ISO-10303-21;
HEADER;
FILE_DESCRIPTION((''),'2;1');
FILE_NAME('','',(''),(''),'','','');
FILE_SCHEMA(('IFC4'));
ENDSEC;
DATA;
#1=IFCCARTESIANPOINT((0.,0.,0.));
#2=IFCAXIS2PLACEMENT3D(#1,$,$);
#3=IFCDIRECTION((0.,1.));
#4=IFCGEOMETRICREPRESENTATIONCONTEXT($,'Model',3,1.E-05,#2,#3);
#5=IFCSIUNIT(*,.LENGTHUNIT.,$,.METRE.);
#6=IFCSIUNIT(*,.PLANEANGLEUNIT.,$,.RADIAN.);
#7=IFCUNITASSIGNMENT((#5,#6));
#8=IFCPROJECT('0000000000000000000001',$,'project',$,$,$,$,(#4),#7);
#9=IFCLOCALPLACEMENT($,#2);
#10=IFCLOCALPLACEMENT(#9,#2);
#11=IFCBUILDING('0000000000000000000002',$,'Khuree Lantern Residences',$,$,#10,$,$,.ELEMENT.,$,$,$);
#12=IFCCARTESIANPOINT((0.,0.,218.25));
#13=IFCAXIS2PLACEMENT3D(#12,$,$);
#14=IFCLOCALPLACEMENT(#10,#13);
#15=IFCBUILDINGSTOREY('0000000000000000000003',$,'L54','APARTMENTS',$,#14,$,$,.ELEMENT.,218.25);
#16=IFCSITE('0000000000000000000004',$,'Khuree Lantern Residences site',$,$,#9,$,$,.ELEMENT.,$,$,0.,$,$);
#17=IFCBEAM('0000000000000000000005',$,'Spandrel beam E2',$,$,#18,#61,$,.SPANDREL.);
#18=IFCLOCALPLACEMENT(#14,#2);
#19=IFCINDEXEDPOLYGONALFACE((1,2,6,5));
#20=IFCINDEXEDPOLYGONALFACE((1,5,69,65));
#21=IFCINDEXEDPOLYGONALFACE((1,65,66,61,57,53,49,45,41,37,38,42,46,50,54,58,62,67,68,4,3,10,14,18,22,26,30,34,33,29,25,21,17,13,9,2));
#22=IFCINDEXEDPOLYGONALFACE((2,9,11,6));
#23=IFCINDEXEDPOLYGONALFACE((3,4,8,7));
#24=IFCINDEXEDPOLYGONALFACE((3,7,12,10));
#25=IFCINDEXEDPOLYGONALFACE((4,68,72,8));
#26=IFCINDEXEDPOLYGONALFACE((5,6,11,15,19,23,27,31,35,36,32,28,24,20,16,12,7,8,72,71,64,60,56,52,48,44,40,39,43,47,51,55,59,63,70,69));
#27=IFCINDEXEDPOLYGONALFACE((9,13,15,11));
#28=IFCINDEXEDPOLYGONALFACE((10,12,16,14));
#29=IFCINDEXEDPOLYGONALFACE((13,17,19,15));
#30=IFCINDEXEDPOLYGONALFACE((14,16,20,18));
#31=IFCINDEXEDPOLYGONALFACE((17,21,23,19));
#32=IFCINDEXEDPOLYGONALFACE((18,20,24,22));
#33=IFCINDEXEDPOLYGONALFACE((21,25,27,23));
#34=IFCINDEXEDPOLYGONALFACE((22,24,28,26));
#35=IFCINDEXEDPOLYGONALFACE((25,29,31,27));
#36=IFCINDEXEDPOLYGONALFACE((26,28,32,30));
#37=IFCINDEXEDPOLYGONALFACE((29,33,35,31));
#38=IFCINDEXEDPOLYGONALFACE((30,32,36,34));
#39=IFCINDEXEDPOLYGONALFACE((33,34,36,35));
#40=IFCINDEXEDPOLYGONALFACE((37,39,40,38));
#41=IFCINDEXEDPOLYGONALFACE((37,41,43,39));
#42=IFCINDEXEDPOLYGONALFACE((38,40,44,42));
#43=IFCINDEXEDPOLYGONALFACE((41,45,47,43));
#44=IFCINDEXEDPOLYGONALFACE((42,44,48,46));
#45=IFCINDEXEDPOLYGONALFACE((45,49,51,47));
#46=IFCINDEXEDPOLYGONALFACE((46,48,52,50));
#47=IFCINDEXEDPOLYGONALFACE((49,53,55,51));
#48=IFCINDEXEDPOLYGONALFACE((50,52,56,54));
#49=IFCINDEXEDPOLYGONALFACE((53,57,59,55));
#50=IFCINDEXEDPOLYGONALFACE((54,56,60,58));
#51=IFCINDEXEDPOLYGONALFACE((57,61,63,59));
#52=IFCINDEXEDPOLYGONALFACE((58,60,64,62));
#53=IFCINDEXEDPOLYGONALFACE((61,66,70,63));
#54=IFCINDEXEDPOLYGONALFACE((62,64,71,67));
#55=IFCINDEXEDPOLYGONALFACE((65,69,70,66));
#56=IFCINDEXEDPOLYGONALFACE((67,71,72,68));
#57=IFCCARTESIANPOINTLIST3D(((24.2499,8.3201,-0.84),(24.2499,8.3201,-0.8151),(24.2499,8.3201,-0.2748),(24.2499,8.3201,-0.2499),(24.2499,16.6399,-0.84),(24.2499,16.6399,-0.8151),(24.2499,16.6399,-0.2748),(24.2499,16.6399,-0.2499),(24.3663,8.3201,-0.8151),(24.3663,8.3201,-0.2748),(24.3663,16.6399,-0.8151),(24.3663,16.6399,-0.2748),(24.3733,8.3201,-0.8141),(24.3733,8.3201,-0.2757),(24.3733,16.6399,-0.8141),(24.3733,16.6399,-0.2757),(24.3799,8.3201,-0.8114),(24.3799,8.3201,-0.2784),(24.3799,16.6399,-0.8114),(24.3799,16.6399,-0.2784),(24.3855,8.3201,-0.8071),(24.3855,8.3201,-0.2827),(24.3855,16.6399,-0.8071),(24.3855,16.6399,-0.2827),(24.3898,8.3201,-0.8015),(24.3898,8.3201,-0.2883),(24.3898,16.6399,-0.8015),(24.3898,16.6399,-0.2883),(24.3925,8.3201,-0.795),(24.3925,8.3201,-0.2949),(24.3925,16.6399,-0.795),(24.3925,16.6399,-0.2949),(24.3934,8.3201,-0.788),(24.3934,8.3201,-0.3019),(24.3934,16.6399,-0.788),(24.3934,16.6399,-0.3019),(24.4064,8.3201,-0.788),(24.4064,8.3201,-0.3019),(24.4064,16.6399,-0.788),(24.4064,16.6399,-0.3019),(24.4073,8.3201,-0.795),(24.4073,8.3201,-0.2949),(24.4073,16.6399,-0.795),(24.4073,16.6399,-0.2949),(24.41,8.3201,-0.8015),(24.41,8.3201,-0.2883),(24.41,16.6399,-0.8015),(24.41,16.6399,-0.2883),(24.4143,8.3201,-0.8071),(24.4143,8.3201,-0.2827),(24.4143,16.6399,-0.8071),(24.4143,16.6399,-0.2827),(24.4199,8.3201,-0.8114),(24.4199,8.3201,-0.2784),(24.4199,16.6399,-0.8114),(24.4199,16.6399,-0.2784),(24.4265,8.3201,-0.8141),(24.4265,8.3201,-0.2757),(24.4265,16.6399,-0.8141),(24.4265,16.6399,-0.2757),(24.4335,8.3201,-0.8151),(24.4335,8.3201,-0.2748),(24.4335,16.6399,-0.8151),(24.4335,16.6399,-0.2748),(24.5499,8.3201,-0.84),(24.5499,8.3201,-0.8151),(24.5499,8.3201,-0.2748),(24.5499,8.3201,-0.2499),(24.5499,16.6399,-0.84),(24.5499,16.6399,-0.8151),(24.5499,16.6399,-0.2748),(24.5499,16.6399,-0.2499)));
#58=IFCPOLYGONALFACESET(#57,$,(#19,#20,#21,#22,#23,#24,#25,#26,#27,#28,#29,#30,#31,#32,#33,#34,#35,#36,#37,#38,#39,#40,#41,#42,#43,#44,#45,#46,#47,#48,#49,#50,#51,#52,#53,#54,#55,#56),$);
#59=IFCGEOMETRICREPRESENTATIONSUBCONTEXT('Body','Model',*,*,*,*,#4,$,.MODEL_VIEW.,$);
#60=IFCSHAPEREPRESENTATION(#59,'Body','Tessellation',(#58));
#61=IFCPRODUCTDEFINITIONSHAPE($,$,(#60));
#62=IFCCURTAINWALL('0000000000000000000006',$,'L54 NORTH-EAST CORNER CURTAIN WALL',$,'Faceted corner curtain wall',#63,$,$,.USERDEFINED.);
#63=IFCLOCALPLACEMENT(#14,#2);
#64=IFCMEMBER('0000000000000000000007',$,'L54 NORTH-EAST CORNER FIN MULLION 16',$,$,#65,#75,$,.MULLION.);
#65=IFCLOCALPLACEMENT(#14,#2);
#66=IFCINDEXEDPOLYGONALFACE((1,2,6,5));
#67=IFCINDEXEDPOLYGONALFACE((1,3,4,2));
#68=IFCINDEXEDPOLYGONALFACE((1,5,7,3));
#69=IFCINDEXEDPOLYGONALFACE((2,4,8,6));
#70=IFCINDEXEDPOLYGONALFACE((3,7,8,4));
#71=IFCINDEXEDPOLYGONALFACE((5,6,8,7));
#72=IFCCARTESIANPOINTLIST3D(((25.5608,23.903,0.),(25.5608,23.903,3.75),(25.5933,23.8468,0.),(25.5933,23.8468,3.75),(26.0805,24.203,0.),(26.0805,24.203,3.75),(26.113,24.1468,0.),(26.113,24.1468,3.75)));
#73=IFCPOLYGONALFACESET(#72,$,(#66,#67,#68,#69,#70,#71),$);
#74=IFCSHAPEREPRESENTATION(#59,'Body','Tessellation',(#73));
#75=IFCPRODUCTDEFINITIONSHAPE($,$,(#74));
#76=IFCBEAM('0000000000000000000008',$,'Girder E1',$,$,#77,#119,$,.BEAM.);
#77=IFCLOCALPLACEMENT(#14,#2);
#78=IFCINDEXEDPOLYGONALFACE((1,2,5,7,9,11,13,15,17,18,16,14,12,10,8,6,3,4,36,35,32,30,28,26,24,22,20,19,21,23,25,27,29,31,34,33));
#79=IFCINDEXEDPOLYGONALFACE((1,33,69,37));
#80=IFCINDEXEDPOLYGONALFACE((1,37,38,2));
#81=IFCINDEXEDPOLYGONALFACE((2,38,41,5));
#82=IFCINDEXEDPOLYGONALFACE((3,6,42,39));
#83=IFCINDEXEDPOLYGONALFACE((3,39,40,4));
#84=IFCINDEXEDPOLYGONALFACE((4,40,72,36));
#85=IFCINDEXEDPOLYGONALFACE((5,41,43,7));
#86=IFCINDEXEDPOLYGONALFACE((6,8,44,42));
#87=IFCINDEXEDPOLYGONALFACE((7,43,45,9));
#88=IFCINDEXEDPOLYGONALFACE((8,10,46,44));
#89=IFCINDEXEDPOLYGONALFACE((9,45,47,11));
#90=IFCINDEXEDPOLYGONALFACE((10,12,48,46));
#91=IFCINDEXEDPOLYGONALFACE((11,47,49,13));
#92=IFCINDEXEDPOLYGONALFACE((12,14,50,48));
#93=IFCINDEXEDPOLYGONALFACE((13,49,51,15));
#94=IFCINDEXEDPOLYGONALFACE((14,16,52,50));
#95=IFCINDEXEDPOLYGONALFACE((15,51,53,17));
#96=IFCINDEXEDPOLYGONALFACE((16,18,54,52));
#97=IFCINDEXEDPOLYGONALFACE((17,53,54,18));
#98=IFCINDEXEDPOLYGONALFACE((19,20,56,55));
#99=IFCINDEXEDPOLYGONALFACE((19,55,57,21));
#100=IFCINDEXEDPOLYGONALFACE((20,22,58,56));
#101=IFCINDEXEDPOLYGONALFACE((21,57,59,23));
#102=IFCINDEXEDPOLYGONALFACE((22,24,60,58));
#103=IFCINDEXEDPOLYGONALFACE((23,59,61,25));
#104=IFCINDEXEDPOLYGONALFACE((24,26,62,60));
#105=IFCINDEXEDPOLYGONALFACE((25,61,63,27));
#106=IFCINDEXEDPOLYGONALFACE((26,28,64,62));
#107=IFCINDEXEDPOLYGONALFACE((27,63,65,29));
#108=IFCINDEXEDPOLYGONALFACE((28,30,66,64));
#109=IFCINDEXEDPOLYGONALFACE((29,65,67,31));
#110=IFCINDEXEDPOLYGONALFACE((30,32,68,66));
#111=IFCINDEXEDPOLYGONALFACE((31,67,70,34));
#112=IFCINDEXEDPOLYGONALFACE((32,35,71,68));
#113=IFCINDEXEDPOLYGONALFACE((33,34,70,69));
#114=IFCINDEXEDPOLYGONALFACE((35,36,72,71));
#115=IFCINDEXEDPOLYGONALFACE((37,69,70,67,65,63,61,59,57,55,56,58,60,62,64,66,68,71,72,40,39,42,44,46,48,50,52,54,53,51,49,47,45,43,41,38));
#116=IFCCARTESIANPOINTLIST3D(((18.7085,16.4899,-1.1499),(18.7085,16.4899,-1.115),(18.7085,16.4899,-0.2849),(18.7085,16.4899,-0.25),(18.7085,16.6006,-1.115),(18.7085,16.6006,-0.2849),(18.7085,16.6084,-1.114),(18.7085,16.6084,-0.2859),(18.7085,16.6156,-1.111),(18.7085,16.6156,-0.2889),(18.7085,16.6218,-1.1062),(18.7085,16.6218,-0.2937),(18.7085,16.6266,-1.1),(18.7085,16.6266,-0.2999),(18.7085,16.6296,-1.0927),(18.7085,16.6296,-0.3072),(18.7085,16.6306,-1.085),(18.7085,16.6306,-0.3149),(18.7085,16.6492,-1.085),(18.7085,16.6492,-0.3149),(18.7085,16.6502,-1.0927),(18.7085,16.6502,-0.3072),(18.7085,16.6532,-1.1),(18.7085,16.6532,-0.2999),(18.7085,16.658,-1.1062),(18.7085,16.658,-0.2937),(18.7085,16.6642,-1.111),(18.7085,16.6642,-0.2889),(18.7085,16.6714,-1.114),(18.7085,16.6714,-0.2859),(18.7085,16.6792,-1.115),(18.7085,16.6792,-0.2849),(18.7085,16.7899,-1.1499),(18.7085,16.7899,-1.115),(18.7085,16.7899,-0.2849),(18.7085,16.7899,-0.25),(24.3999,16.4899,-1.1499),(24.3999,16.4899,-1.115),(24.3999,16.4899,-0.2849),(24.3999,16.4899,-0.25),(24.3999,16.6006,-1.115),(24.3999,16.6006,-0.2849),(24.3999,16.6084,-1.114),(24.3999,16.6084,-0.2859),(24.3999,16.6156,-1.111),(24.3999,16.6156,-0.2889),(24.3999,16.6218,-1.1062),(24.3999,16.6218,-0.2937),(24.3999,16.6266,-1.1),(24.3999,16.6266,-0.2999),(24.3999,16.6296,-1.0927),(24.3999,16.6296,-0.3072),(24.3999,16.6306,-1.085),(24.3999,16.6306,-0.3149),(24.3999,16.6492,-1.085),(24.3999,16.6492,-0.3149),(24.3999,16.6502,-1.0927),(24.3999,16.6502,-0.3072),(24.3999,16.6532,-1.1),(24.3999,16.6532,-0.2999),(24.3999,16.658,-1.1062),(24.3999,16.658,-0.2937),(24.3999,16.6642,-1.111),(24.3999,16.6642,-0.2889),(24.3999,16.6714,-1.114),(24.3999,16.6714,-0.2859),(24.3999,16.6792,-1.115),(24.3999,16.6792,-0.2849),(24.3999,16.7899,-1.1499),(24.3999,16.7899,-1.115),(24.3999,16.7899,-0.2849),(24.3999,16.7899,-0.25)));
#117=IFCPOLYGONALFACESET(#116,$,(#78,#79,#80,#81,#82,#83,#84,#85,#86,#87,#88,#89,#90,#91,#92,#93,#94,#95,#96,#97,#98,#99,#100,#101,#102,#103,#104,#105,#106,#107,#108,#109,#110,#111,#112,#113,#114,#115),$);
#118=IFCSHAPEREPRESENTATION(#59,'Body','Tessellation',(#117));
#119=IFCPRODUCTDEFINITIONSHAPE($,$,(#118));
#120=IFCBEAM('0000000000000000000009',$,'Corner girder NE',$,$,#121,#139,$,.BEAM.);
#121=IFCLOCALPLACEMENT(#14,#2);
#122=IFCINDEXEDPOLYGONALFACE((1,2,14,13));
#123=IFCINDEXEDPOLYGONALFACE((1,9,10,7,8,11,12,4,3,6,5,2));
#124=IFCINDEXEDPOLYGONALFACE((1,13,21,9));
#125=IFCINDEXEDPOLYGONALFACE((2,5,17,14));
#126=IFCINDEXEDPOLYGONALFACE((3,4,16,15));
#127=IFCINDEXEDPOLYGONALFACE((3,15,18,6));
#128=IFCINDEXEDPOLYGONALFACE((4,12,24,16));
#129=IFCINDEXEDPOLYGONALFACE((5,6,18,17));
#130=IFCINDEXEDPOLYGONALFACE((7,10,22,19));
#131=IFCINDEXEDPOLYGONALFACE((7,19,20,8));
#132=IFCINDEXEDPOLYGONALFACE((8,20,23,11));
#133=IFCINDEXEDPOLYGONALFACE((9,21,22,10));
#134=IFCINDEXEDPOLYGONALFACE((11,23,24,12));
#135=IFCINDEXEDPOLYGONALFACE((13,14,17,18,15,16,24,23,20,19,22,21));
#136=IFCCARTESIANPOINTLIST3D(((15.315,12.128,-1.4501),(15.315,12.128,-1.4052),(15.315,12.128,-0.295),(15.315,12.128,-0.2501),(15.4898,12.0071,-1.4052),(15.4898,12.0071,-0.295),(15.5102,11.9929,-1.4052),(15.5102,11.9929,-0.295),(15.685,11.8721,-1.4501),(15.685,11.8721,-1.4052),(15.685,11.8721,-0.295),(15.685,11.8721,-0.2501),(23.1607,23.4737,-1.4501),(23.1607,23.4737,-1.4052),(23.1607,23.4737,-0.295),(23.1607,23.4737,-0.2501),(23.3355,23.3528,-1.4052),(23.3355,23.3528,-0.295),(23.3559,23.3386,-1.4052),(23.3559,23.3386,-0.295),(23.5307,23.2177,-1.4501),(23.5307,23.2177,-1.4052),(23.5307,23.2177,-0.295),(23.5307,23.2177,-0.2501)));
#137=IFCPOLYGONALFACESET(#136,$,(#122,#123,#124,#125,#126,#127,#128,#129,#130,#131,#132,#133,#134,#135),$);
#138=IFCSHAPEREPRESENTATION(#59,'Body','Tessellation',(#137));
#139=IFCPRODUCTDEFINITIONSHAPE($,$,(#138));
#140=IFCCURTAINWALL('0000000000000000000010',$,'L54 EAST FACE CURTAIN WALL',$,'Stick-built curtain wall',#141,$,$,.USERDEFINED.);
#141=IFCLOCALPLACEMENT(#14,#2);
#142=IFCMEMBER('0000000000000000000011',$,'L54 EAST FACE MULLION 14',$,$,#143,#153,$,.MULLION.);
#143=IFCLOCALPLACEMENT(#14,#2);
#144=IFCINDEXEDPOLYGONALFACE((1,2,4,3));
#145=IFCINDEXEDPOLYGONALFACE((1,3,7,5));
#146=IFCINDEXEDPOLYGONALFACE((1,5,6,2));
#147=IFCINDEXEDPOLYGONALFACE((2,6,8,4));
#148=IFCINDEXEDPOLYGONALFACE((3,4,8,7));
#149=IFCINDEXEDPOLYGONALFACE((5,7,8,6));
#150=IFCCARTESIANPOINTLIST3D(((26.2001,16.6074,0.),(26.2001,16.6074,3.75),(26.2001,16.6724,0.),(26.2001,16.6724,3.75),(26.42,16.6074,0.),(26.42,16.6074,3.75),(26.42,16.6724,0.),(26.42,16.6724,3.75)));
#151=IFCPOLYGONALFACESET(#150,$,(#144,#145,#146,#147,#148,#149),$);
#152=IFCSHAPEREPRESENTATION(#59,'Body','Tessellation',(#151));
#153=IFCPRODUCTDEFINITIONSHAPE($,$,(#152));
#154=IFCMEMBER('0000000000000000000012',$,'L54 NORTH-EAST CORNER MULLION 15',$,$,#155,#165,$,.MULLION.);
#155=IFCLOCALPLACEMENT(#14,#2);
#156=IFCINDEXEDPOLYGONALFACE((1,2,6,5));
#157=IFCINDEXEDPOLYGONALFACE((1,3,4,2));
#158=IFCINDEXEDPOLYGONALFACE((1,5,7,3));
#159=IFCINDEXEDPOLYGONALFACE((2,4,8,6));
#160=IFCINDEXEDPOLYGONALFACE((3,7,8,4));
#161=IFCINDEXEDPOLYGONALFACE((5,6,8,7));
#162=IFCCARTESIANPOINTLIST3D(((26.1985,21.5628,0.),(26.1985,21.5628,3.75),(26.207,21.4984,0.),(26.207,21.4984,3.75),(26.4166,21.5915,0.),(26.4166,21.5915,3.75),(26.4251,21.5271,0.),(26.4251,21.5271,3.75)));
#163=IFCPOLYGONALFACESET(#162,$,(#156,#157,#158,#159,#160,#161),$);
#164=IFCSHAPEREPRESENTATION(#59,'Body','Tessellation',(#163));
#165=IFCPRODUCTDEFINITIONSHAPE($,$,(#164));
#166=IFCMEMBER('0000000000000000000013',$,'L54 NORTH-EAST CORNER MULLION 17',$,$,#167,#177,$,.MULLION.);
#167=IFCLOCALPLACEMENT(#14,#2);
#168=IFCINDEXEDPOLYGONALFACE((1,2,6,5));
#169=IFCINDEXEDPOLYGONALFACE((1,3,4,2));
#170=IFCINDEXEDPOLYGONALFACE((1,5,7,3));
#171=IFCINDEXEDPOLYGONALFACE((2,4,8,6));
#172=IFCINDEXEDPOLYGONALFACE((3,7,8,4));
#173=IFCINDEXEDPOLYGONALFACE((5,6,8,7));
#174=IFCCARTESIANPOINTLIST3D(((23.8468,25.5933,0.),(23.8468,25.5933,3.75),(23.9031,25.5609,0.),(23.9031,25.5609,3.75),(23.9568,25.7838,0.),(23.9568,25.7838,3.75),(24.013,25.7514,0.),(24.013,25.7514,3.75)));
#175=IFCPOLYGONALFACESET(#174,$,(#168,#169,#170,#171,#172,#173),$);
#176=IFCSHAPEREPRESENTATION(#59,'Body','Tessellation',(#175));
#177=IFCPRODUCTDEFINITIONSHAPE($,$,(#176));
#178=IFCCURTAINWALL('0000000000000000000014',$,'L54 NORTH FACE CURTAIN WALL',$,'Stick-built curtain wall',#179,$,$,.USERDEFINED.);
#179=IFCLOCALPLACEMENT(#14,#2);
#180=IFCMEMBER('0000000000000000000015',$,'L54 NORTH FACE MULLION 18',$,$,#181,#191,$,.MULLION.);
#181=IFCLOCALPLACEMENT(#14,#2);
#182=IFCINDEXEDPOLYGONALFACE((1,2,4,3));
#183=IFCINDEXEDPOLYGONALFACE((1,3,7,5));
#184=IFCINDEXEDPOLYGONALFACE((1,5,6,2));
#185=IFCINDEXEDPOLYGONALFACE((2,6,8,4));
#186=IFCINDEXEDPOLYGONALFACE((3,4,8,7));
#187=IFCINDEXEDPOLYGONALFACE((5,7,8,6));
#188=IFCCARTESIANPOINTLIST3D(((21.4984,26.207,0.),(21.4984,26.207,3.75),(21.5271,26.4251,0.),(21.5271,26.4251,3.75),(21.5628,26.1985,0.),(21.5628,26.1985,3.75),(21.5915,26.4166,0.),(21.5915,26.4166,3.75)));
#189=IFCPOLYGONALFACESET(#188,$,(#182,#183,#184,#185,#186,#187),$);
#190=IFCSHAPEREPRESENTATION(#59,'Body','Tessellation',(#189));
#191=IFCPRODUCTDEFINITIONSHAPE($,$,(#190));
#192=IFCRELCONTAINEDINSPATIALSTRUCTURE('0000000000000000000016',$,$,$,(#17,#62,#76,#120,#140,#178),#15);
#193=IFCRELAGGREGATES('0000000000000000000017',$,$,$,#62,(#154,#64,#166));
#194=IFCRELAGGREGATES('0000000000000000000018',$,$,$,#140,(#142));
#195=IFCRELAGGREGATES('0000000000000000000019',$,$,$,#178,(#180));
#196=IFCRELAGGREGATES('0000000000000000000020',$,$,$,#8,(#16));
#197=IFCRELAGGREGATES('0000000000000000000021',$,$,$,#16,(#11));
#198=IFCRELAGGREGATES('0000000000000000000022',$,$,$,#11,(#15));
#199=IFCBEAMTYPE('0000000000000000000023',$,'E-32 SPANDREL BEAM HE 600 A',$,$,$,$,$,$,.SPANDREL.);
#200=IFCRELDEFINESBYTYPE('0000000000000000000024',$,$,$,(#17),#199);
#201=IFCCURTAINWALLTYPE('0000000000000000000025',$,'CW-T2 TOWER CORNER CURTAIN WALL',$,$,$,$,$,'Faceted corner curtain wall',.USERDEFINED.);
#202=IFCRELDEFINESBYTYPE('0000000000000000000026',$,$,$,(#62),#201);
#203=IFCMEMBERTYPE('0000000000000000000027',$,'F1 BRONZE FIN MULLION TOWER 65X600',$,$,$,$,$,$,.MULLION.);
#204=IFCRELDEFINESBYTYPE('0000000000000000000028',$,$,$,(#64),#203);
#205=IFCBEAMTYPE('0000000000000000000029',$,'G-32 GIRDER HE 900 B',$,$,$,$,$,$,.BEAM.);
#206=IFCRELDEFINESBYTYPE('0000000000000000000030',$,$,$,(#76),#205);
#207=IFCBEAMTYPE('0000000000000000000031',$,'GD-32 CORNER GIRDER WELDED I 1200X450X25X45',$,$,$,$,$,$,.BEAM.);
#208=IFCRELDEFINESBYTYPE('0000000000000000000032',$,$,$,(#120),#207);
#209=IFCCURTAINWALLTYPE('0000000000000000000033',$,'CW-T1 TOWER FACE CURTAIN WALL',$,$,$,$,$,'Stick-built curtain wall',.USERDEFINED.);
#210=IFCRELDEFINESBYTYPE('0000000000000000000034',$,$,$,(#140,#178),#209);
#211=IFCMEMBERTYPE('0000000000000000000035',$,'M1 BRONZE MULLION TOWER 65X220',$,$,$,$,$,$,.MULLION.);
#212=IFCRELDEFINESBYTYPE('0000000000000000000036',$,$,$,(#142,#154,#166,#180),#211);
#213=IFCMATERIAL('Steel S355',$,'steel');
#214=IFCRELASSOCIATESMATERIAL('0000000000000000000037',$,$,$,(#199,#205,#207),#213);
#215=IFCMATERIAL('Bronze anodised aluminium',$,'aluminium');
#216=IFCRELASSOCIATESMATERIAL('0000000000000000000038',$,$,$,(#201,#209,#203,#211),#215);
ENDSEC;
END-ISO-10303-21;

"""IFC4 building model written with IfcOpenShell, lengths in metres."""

from ifc_helpers import new_model, si_unit, direction, frame, origin, origin_2d, place, context, subcontext, project, spatial, rectangle, i_section, extrude, material, material_profile, profile_set, type_object, element, aggregate, save


model = new_model("IFC4")

# Units and contexts
model_context = context("Model", 3, precision=1e-05, world=origin(), true_north=direction((0.0, 1.0)))
body_context = subcontext(model_context, "Body", "Model", "MODEL_VIEW")
ifc_project = project(units=[si_unit("LENGTHUNIT", "METRE"), si_unit("PLANEANGLEUNIT", "RADIAN")], contexts=[model_context])

# Site, building, storey
site_placement = place(None, origin())
site = spatial("IfcSite", under=ifc_project, at=site_placement, Name="Khuree Lantern Residences site", CompositionType="ELEMENT", RefElevation=0.0)
building_placement = place(site_placement, origin())
building = spatial("IfcBuilding", under=site, at=building_placement, Name="Khuree Lantern Residences", CompositionType="ELEMENT")
storey_placement = place(building_placement, frame((0.0, 0.0, 218.25)))
storey = spatial("IfcBuildingStorey", under=building, at=storey_placement, Name="L54", Description="APARTMENTS", CompositionType="ELEMENT", Elevation=218.25)

# Beam
ifc_material_1 = material(Name="Steel S355", Category="steel")
ifc_material_profile_1 = material_profile(ifc_material_1, i_section(OverallWidth=0.3, OverallDepth=0.5901, WebThickness=0.0129, FlangeThickness=0.0249, FilletRadius=0.0271, at=origin_2d()), Name="HE 600 A")
ifc_profile_set_1 = profile_set([ifc_material_profile_1], Name="Steel S355")
beam_type_1 = type_object("IfcBeamType", Name="E-32 SPANDREL BEAM HE 600 A", PredefinedType="SPANDREL", material=ifc_profile_set_1)
beam_1_placement = place(storey_placement, frame((24.3999, 16.6399, -0.5449), z_axis=(0.0, -1.0, 0.0), x_axis=(1.0, 0.0, 0.0)))
element("IfcBeam", 1, at=beam_1_placement, inside=storey, type_object=beam_type_1, Name="Spandrel beam E2", PredefinedType="SPANDREL", context=body_context, shape_type="SweptSolid", body=[
    extrude(i_section(OverallWidth=0.3, OverallDepth=0.5901, WebThickness=0.0129, FlangeThickness=0.0249, FilletRadius=0.0271, at=origin_2d()), origin(), (0.0, 0.0, 1.0), 8.3198),
])

# Curtain wall, member
ifc_material_2 = material(Name="Bronze anodised aluminium", Category="aluminium")
curtain_wall_type_1 = type_object("IfcCurtainWallType", Name="CW-T2 TOWER CORNER CURTAIN WALL", ElementType="Faceted corner curtain wall", PredefinedType="USERDEFINED", material=ifc_material_2)
curtain_wall_1_placement = place(storey_placement, origin())
curtain_wall_1 = element("IfcCurtainWall", 2, at=curtain_wall_1_placement, inside=storey, type_object=curtain_wall_type_1, Name="L54 NORTH-EAST CORNER CURTAIN WALL", ObjectType="Faceted corner curtain wall", PredefinedType="USERDEFINED")
ifc_material_profile_2 = material_profile(ifc_material_2, rectangle(XDim=0.0649, YDim=0.6001, at=origin_2d()), Name="F1 65X600")
ifc_profile_set_2 = profile_set([ifc_material_profile_2], Name="Bronze anodised aluminium")
member_type_1 = type_object("IfcMemberType", Name="F1 BRONZE FIN MULLION TOWER 65X600", PredefinedType="MULLION", material=ifc_profile_set_2)
member_1_placement = place(storey_placement, frame((25.8369, 24.0249, 0.0), z_axis=(0.0, 0.0, 1.0), x_axis=(-0.5, 0.866025, 0.0)))
member_1 = element("IfcMember", 3, at=member_1_placement, type_object=member_type_1, Name="L54 NORTH-EAST CORNER FIN MULLION 16", PredefinedType="MULLION", context=body_context, shape_type="SweptSolid", body=[
    extrude(rectangle(XDim=0.0649, YDim=0.6001, at=origin_2d()), origin(), (0.0, 0.0, 1.0), 3.75),
])

# Beams
ifc_material_profile_3 = material_profile(ifc_material_1, i_section(OverallWidth=0.3, OverallDepth=0.8999, WebThickness=0.0186, FlangeThickness=0.0349, FilletRadius=0.03, at=origin_2d()), Name="HE 900 B")
ifc_profile_set_3 = profile_set([ifc_material_profile_3], Name="Steel S355")
beam_type_2 = type_object("IfcBeamType", Name="G-32 GIRDER HE 900 B", PredefinedType="BEAM", material=ifc_profile_set_3)
beam_2_placement = place(storey_placement, frame((24.3999, 16.6399, -0.7), z_axis=(-1.0, 0.0, 0.0), x_axis=(0.0, -1.0, 0.0)))
element("IfcBeam", 4, at=beam_2_placement, inside=storey, type_object=beam_type_2, Name="Girder E1", PredefinedType="BEAM", context=body_context, shape_type="SweptSolid", body=[
    extrude(i_section(OverallWidth=0.3, OverallDepth=0.8999, WebThickness=0.0186, FlangeThickness=0.0349, FilletRadius=0.03, at=origin_2d()), origin(), (0.0, 0.0, 1.0), 5.6914),
])
ifc_material_profile_4 = material_profile(ifc_material_1, i_section(OverallWidth=0.45, OverallDepth=1.2, WebThickness=0.0249, FlangeThickness=0.0449, at=origin_2d()), Name="WELDED I 1200X450X25X45")
ifc_profile_set_4 = profile_set([ifc_material_profile_4], Name="Steel S355")
beam_type_3 = type_object("IfcBeamType", Name="GD-32 CORNER GIRDER WELDED I 1200X450X25X45", PredefinedType="BEAM", material=ifc_profile_set_4)
beam_3_placement = place(storey_placement, frame((23.3457, 23.3457, -0.8501), z_axis=(-0.568768, -0.822498, 0.0), x_axis=(0.822498, -0.568768, 0.0)))
element("IfcBeam", 5, at=beam_3_placement, inside=storey, type_object=beam_type_3, Name="Corner girder NE", PredefinedType="BEAM", context=body_context, shape_type="SweptSolid", body=[
    extrude(i_section(OverallWidth=0.45, OverallDepth=1.2, WebThickness=0.0249, FlangeThickness=0.0449, at=origin_2d()), origin(), (0.0, 0.0, 1.0), 13.7942),
])

# Curtain wall, member
curtain_wall_type_2 = type_object("IfcCurtainWallType", Name="CW-T1 TOWER FACE CURTAIN WALL", ElementType="Stick-built curtain wall", PredefinedType="USERDEFINED", material=ifc_material_2)
curtain_wall_2_placement = place(storey_placement, origin())
curtain_wall_2 = element("IfcCurtainWall", 6, at=curtain_wall_2_placement, inside=storey, type_object=curtain_wall_type_2, Name="L54 EAST FACE CURTAIN WALL", ObjectType="Stick-built curtain wall", PredefinedType="USERDEFINED")
ifc_material_profile_5 = material_profile(ifc_material_2, rectangle(XDim=0.0649, YDim=0.22, at=origin_2d()), Name="M1 65X220")
ifc_profile_set_5 = profile_set([ifc_material_profile_5], Name="Bronze anodised aluminium")
member_type_2 = type_object("IfcMemberType", Name="M1 BRONZE MULLION TOWER 65X220", PredefinedType="MULLION", material=ifc_profile_set_5)
member_2_placement = place(storey_placement, frame((26.3101, 16.6399, 0.0), z_axis=(0.0, 0.0, 1.0), x_axis=(0.0, 1.0, 0.0)))
member_2 = element("IfcMember", 7, at=member_2_placement, type_object=member_type_2, Name="L54 EAST FACE MULLION 14", PredefinedType="MULLION", context=body_context, shape_type="SweptSolid", body=[
    extrude(rectangle(XDim=0.0649, YDim=0.22, at=origin_2d()), origin(), (0.0, 0.0, 1.0), 3.75),
])

# Members
member_3_placement = place(storey_placement, frame((26.3118, 21.5449, 0.0), z_axis=(0.0, 0.0, 1.0), x_axis=(-0.130526, 0.991445, 0.0)))
member_3 = element("IfcMember", 8, at=member_3_placement, type_object=member_type_2, Name="L54 NORTH-EAST CORNER MULLION 15", PredefinedType="MULLION", context=body_context, shape_type="SweptSolid", body=[
    extrude(rectangle(XDim=0.0649, YDim=0.22, at=origin_2d()), origin(), (0.0, 0.0, 1.0), 3.75),
])
member_4_placement = place(storey_placement, frame((23.9299, 25.6724, 0.0), z_axis=(0.0, 0.0, 1.0), x_axis=(-0.866025, 0.5, 0.0)))
member_4 = element("IfcMember", 9, at=member_4_placement, type_object=member_type_2, Name="L54 NORTH-EAST CORNER MULLION 17", PredefinedType="MULLION", context=body_context, shape_type="SweptSolid", body=[
    extrude(rectangle(XDim=0.0649, YDim=0.22, at=origin_2d()), origin(), (0.0, 0.0, 1.0), 3.75),
])

# Curtain wall, member
curtain_wall_3_placement = place(storey_placement, origin())
curtain_wall_3 = element("IfcCurtainWall", 10, at=curtain_wall_3_placement, inside=storey, type_object=curtain_wall_type_2, Name="L54 NORTH FACE CURTAIN WALL", ObjectType="Stick-built curtain wall", PredefinedType="USERDEFINED")
member_5_placement = place(storey_placement, frame((21.5449, 26.3118, 0.0), z_axis=(0.0, 0.0, 1.0), x_axis=(-0.991445, 0.130526, 0.0)))
member_5 = element("IfcMember", 11, at=member_5_placement, type_object=member_type_2, Name="L54 NORTH FACE MULLION 18", PredefinedType="MULLION", context=body_context, shape_type="SweptSolid", body=[
    extrude(rectangle(XDim=0.0649, YDim=0.22, at=origin_2d()), origin(), (0.0, 0.0, 1.0), 3.75),
])

aggregate(curtain_wall_1, [member_3, member_1, member_4])
aggregate(curtain_wall_2, [member_2])
aggregate(curtain_wall_3, [member_5])

save(model, "model.ifc")
